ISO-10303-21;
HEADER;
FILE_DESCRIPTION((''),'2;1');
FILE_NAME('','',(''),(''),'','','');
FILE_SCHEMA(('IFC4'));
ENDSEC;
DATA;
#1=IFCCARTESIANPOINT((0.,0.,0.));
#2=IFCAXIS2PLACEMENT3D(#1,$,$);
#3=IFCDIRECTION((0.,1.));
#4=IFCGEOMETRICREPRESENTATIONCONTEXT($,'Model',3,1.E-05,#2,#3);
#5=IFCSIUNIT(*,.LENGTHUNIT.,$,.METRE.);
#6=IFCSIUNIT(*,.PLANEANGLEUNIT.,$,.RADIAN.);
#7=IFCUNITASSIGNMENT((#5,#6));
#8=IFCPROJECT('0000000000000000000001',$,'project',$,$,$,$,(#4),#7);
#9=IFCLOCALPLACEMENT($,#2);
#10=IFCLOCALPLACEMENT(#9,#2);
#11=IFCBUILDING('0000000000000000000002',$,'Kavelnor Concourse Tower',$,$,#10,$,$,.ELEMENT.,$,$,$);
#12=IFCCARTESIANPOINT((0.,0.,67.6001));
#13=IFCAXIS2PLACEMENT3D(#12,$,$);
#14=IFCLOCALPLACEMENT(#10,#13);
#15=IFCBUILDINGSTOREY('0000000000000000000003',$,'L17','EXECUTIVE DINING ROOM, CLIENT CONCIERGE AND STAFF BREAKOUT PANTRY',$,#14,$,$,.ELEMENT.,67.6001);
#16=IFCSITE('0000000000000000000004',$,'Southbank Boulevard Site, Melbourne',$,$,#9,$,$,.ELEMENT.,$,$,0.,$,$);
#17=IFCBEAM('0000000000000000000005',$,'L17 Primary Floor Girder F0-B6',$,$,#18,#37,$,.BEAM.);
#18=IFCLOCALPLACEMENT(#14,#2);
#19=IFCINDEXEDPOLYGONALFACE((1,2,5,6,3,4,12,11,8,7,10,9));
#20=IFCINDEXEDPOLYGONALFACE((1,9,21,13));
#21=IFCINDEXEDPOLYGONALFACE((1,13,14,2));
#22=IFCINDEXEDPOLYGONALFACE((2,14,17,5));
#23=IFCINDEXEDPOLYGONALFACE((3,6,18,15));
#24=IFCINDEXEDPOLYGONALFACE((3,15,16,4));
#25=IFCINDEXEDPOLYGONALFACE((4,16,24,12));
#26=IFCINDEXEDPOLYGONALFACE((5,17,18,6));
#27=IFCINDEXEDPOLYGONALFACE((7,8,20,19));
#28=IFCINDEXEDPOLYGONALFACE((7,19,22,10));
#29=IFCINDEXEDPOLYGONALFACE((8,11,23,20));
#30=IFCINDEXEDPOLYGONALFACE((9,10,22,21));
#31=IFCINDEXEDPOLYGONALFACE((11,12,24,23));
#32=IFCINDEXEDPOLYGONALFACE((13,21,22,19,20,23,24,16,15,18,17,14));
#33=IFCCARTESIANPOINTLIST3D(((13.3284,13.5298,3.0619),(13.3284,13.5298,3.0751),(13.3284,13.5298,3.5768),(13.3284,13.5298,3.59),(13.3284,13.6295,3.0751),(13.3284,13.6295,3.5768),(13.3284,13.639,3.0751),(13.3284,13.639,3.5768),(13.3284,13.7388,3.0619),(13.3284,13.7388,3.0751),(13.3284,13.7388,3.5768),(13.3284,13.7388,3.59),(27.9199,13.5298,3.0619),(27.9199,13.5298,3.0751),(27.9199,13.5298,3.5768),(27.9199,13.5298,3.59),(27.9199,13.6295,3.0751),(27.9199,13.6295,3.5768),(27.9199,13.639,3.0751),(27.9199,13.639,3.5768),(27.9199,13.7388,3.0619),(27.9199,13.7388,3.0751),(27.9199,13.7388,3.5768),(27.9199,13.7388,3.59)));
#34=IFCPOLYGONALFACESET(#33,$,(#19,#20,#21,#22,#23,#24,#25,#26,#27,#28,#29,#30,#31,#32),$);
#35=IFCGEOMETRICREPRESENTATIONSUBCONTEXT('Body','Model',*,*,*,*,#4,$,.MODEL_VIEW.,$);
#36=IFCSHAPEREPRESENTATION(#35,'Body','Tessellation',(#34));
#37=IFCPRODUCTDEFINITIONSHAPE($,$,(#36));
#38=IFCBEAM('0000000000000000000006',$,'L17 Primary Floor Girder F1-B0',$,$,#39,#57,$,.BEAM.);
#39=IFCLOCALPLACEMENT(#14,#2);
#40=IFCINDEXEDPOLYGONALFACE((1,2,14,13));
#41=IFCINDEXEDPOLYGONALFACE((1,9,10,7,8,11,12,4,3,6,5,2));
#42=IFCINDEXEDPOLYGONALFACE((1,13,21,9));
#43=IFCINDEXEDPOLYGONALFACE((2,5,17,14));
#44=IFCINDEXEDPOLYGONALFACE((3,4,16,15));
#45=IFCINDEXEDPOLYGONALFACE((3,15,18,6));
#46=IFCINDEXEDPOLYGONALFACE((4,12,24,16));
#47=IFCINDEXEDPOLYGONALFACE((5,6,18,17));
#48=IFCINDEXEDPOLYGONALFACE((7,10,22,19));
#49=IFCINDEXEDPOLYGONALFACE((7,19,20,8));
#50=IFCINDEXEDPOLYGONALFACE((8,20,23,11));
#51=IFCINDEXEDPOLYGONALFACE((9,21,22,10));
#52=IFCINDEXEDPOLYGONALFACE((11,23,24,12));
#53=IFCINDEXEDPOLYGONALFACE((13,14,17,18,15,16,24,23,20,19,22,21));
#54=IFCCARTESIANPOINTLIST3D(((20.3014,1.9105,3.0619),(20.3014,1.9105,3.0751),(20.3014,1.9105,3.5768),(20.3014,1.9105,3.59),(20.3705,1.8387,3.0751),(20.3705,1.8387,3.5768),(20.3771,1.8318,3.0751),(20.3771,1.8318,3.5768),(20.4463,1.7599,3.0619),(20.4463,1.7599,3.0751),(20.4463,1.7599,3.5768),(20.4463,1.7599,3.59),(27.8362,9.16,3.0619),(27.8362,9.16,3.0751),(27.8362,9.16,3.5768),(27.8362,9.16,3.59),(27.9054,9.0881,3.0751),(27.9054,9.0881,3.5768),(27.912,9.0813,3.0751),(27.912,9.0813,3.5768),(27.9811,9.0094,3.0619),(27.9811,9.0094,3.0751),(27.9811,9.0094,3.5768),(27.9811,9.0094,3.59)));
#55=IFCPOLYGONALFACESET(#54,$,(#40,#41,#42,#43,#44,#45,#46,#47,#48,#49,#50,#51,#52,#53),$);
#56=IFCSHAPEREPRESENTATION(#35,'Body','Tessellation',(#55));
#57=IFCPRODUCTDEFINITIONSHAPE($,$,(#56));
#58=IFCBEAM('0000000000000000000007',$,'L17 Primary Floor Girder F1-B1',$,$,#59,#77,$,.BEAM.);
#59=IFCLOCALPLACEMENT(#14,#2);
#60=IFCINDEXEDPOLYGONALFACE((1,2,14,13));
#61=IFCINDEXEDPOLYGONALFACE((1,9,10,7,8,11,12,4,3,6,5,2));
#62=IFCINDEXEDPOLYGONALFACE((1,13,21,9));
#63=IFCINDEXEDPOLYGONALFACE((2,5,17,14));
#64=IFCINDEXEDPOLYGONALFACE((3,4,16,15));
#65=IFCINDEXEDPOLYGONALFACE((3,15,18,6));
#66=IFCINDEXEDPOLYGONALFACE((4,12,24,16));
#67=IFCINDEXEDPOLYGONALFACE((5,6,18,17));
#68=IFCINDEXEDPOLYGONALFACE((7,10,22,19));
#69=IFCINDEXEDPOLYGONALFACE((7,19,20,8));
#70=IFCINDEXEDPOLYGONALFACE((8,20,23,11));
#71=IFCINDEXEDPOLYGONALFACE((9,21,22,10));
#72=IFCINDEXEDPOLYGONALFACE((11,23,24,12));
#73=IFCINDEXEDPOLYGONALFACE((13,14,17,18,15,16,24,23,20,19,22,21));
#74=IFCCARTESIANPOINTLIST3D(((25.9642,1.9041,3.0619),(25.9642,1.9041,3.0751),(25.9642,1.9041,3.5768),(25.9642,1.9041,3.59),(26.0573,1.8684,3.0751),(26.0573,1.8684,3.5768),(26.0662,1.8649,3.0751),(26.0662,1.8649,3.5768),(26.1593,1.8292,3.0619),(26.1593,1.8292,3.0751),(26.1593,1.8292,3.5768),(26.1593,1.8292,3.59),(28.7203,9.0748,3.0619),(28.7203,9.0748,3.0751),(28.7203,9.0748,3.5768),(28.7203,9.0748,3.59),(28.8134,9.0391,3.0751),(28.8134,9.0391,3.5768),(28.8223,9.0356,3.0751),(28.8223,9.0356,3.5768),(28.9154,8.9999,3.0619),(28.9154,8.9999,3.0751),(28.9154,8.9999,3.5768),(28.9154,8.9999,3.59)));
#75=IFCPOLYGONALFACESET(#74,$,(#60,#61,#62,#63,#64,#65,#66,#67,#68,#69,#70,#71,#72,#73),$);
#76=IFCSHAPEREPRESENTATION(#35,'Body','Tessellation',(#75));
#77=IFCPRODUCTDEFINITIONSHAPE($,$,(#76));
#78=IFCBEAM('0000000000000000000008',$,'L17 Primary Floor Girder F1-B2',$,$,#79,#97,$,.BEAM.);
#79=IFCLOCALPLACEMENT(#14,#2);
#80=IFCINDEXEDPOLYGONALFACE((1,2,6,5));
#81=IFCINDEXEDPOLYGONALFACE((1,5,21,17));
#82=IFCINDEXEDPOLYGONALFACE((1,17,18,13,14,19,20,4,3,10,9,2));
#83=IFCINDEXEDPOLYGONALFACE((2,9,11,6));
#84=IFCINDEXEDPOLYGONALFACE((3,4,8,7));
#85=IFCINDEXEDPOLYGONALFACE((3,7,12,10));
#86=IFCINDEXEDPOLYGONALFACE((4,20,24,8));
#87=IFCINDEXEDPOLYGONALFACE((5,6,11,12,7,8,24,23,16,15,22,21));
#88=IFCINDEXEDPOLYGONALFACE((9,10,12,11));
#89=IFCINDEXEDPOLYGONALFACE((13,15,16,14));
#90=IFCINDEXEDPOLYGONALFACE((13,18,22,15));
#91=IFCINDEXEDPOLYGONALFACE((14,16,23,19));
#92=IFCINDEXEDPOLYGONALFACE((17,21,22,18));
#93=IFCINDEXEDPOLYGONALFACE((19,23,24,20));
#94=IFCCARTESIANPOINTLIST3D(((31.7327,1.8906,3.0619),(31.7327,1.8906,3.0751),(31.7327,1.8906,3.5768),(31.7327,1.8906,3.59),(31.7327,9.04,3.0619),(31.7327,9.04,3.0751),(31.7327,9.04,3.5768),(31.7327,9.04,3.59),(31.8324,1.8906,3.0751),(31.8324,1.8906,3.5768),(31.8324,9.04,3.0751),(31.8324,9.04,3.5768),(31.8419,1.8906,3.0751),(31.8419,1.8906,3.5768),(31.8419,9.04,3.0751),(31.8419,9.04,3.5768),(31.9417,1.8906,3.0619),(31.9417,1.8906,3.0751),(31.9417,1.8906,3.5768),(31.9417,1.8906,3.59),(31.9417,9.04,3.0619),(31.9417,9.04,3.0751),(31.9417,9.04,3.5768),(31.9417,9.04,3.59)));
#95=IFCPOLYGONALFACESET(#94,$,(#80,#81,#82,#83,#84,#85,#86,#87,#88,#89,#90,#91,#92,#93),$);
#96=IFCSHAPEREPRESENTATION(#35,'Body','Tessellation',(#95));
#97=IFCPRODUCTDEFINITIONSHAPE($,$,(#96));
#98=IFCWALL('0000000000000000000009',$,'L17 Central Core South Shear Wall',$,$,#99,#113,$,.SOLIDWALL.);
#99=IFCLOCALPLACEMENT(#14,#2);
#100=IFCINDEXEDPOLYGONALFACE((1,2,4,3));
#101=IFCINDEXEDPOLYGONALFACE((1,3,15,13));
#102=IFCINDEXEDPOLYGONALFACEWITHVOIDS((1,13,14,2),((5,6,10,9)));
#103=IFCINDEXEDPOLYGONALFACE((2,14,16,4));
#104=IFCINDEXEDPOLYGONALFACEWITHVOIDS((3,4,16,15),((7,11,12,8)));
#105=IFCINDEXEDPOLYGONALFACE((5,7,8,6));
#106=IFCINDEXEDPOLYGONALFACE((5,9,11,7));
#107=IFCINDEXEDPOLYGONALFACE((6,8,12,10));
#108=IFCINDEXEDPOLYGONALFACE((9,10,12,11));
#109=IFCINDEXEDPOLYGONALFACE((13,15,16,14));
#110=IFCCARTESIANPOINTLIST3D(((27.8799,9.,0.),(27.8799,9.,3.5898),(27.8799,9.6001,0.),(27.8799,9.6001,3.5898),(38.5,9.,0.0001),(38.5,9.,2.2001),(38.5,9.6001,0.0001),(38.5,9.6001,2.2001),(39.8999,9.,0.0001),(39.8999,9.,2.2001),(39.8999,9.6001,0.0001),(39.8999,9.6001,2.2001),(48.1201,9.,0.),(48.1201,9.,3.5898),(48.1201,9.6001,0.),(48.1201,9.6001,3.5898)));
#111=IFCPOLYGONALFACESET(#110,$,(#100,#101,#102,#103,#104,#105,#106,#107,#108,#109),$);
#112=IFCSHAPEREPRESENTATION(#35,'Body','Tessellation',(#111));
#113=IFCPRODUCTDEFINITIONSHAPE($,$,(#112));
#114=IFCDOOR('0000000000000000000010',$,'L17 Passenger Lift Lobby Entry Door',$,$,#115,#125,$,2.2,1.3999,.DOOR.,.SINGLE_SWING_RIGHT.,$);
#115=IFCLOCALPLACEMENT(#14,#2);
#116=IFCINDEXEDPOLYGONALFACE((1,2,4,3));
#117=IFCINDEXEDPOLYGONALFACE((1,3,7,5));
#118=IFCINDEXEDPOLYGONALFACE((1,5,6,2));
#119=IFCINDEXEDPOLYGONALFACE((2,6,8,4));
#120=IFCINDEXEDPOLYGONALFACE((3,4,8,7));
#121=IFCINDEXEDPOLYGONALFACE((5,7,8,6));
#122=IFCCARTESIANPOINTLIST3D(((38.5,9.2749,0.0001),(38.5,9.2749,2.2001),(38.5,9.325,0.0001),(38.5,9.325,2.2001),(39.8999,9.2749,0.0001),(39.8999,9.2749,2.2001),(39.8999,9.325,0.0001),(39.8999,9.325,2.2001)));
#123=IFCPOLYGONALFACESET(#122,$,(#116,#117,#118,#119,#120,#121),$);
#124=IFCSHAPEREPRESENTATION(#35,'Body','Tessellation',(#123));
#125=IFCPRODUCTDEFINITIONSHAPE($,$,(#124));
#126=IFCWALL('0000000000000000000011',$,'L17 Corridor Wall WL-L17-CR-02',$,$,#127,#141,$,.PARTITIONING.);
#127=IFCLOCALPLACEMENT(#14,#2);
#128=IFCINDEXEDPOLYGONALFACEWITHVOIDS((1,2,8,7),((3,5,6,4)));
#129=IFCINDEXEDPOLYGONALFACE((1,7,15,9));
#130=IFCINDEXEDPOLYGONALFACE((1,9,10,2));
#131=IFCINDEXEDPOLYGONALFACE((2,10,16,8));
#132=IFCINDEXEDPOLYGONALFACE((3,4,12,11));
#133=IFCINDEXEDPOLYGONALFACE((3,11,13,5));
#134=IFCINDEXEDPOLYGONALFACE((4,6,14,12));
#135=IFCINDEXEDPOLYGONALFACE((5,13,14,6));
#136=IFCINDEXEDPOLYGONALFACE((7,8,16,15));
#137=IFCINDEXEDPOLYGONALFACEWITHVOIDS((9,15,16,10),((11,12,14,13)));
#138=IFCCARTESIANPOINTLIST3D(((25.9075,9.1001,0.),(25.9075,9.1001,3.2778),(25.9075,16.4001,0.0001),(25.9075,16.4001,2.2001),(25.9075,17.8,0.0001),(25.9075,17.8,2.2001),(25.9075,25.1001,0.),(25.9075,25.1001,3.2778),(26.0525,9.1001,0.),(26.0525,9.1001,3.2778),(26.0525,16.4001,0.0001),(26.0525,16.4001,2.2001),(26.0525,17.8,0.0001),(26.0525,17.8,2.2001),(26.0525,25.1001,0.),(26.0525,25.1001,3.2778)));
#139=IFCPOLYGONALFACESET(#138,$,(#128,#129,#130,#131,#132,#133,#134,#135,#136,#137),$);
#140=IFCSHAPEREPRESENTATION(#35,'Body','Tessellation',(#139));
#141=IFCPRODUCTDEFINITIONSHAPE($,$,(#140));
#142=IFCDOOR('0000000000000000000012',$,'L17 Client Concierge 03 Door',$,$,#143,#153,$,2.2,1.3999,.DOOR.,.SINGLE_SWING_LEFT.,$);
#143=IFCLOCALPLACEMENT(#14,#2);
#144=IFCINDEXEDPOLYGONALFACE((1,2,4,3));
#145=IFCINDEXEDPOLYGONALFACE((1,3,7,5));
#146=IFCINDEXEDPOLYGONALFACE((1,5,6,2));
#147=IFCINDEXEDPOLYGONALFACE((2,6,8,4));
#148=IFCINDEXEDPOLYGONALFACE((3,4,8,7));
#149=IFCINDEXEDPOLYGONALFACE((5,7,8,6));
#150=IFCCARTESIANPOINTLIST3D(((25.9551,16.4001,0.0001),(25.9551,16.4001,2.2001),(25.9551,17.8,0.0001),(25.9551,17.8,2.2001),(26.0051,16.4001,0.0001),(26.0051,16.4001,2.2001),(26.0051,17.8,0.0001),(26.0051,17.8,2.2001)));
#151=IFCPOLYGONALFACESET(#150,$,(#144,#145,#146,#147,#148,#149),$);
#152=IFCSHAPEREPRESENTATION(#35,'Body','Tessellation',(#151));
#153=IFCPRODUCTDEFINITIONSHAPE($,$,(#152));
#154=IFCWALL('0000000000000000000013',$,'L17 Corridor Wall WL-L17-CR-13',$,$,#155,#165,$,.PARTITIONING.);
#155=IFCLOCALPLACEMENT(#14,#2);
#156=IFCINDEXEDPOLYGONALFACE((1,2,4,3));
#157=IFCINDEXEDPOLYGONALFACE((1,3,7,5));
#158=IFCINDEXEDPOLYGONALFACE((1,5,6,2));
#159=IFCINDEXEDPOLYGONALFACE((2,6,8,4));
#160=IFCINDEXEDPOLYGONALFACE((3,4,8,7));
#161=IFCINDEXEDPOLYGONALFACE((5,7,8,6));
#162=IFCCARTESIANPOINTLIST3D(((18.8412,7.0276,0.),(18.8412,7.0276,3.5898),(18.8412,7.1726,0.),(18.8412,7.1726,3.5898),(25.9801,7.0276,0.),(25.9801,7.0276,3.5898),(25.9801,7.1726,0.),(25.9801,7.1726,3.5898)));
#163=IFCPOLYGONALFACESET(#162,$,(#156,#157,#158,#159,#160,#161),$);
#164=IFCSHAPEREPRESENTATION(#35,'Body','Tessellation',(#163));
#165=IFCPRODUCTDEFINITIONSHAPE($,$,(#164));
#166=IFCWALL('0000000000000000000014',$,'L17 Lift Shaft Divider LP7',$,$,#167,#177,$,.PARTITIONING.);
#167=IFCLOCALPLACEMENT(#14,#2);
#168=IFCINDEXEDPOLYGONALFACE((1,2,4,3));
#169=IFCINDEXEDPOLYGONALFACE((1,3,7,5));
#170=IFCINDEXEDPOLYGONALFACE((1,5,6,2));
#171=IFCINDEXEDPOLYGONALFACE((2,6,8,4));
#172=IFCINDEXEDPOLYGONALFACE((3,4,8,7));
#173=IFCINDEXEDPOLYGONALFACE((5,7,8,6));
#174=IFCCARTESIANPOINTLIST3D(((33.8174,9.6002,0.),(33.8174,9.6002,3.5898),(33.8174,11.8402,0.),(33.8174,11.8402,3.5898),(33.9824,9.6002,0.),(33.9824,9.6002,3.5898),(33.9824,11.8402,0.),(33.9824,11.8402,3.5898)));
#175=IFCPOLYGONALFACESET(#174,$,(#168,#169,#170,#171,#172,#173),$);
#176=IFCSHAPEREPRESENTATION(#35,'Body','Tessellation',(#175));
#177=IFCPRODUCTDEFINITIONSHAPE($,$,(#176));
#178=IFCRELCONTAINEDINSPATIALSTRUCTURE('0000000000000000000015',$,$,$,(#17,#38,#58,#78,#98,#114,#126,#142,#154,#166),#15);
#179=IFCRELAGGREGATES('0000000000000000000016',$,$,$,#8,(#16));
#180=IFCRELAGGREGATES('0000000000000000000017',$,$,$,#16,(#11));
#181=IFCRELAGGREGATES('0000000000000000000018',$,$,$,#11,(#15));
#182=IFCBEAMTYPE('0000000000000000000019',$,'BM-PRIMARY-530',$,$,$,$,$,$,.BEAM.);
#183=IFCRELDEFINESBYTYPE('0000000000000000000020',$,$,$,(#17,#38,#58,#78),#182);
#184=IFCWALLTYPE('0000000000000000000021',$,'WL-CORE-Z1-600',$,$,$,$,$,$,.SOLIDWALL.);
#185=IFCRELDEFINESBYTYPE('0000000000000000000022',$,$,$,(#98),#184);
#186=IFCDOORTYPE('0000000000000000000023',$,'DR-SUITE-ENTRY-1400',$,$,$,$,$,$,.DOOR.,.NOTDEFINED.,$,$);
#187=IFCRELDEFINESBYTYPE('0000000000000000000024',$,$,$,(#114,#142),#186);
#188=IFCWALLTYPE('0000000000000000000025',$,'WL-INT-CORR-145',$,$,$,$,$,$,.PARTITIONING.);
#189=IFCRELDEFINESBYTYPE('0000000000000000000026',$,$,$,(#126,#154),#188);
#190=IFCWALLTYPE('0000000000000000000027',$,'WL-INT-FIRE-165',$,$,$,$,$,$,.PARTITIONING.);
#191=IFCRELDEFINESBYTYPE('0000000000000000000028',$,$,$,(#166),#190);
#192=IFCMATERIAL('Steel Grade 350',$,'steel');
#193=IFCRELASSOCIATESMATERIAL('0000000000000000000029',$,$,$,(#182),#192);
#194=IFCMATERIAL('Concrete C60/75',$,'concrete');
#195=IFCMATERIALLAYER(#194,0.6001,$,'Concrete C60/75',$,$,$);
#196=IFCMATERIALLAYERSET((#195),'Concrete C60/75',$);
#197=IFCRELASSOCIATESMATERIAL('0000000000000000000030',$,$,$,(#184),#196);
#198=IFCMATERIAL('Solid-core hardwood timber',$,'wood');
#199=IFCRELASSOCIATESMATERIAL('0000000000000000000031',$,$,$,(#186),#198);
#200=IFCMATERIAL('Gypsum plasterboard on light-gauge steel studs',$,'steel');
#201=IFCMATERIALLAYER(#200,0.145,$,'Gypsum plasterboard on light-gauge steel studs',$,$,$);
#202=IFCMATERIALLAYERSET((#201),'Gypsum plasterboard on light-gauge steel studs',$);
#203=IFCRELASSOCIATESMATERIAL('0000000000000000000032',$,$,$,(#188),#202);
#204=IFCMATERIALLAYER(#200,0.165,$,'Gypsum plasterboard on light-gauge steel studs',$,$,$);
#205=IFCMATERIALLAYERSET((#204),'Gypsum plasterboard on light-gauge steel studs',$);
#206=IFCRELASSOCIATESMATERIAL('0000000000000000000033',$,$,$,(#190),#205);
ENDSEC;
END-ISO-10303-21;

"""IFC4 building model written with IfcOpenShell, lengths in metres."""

from ifc_helpers import new_model, si_unit, direction, frame, frame_2d, origin, origin_2d, place, context, subcontext, project, spatial, rectangle, i_section, extrude, material, layer, layer_set, material_profile, profile_set, type_object, element, fill, save


model = new_model("IFC4")

# Units and contexts
model_context = context("Model", 3, precision=1e-05, world=origin(), true_north=direction((0.0, 1.0)))
body_context = subcontext(model_context, "Body", "Model", "MODEL_VIEW")
ifc_project = project(units=[si_unit("LENGTHUNIT", "METRE"), si_unit("PLANEANGLEUNIT", "RADIAN")], contexts=[model_context])

# Site, building, storey
site_placement = place(None, origin())
site = spatial("IfcSite", under=ifc_project, at=site_placement, Name="Southbank Boulevard Site, Melbourne", CompositionType="ELEMENT", RefElevation=0.0)
building_placement = place(site_placement, origin())
building = spatial("IfcBuilding", under=site, at=building_placement, Name="Kavelnor Concourse Tower", CompositionType="ELEMENT")
storey_placement = place(building_placement, frame((0.0, 0.0, 67.6001)))
storey = spatial("IfcBuildingStorey", under=building, at=storey_placement, Name="L17", Description="EXECUTIVE DINING ROOM, CLIENT CONCIERGE AND STAFF BREAKOUT PANTRY", CompositionType="ELEMENT", Elevation=67.6001)

# Beams
ifc_material_1 = material(Name="Steel Grade 350", Category="steel")
ifc_material_profile = material_profile(ifc_material_1, i_section(OverallWidth=0.209, OverallDepth=0.5281, WebThickness=0.0095, FlangeThickness=0.0132, at=origin_2d()), Name="530UB82")
ifc_profile_set = profile_set([ifc_material_profile], Name="Steel Grade 350")
beam_type = type_object("IfcBeamType", Name="BM-PRIMARY-530", PredefinedType="BEAM", material=ifc_profile_set)
beam_1_placement = place(storey_placement, frame((27.9199, 13.6343, 3.3259), z_axis=(-1.0, 0.0, 0.0), x_axis=(0.0, -1.0, 0.0)))
element("IfcBeam", 1, at=beam_1_placement, inside=storey, type_object=beam_type, Name="L17 Primary Floor Girder F0-B6", PredefinedType="BEAM", context=body_context, shape_type="SweptSolid", body=[
    extrude(i_section(OverallWidth=0.209, OverallDepth=0.5281, WebThickness=0.0095, FlangeThickness=0.0132, at=origin_2d()), origin(), (0.0, 0.0, 1.0), 14.5916),
])
beam_2_placement = place(storey_placement, frame((27.9087, 9.0847, 3.3259), z_axis=(-0.720623, -0.693328, 0.0), x_axis=(0.693328, -0.720623, 0.0)))
element("IfcBeam", 2, at=beam_2_placement, inside=storey, type_object=beam_type, Name="L17 Primary Floor Girder F1-B0", PredefinedType="BEAM", context=body_context, shape_type="SweptSolid", body=[
    extrude(i_section(OverallWidth=0.209, OverallDepth=0.5281, WebThickness=0.0095, FlangeThickness=0.0132, at=origin_2d()), origin(), (0.0, 0.0, 1.0), 10.4561),
])
beam_3_placement = place(storey_placement, frame((28.8179, 9.0374, 3.3259), z_axis=(-0.35877, -0.933426, 0.0), x_axis=(0.933426, -0.35877, 0.0)))
element("IfcBeam", 3, at=beam_3_placement, inside=storey, type_object=beam_type, Name="L17 Primary Floor Girder F1-B1", PredefinedType="BEAM", context=body_context, shape_type="SweptSolid", body=[
    extrude(i_section(OverallWidth=0.209, OverallDepth=0.5281, WebThickness=0.0095, FlangeThickness=0.0132, at=origin_2d()), origin(), (0.0, 0.0, 1.0), 7.6821),
])
beam_4_placement = place(storey_placement, frame((31.8372, 9.04, 3.3259), z_axis=(0.0, -1.0, 0.0), x_axis=(1.0, 0.0, 0.0)))
element("IfcBeam", 4, at=beam_4_placement, inside=storey, type_object=beam_type, Name="L17 Primary Floor Girder F1-B2", PredefinedType="BEAM", context=body_context, shape_type="SweptSolid", body=[
    extrude(i_section(OverallWidth=0.209, OverallDepth=0.5281, WebThickness=0.0095, FlangeThickness=0.0132, at=origin_2d()), origin(), (0.0, 0.0, 1.0), 7.1494),
])

# Wall, opening, door
ifc_material_2 = material(Name="Concrete C60/75", Category="concrete")
ifc_layer_1 = layer(ifc_material_2, 0.6001, Name="Concrete C60/75")
ifc_layer_set_1 = layer_set([ifc_layer_1], Name="Concrete C60/75")
wall_type_1 = type_object("IfcWallType", Name="WL-CORE-Z1-600", PredefinedType="SOLIDWALL", material=ifc_layer_set_1)
wall_1_placement = place(storey_placement, frame((27.8799, 9.3, 0.0), z_axis=(0.0, 0.0, 1.0), x_axis=(1.0, 0.0, 0.0)))
wall_1 = element("IfcWall", 5, at=wall_1_placement, inside=storey, type_object=wall_type_1, Name="L17 Central Core South Shear Wall", PredefinedType="SOLIDWALL", context=body_context, shape_type="SweptSolid", body=[
    extrude(rectangle(XDim=20.2402, YDim=0.6001, at=frame_2d((10.1201, 0.0))), origin(), (0.0, 0.0, 1.0), 3.5898),
])
opening_1_placement = place(wall_1_placement, frame((10.6201, 0.0, 0.0)))
opening_1 = element("IfcOpeningElement", 6, at=opening_1_placement, cuts=wall_1, PredefinedType="OPENING", context=body_context, shape_type="SweptSolid", body=[
    extrude(rectangle(XDim=1.3999, YDim=2.2, at=frame_2d((0.7, 1.1001))), frame((0.0, 0.3101, 0.0), z_axis=(0.0, -1.0, 0.0), x_axis=(1.0, 0.0, 0.0)), (0.0, 0.0, 1.0), 0.6201),
])
ifc_material_3 = material(Name="Solid-core hardwood timber", Category="wood")
door_type_1 = type_object("IfcDoorType", Name="DR-SUITE-ENTRY-1400", OperationType="NOTDEFINED", PredefinedType="DOOR", material=ifc_material_3)
door_1_placement = place(opening_1_placement, origin())
door_1 = element("IfcDoor", 7, at=door_1_placement, inside=storey, type_object=door_type_1, Name="L17 Passenger Lift Lobby Entry Door", OperationType="SINGLE_SWING_RIGHT", OverallHeight=2.2, OverallWidth=1.3999, PredefinedType="DOOR", context=body_context, shape_type="SweptSolid", body=[
    extrude(rectangle(XDim=1.3999, YDim=2.2, at=frame_2d((0.7, 1.1001))), frame((0.0, 0.0249, 0.0), z_axis=(0.0, -1.0, 0.0), x_axis=(1.0, 0.0, 0.0)), (0.0, 0.0, 1.0), 0.05),
])
fill(opening_1, door_1)

# Wall, opening, door
ifc_material_4 = material(Name="Gypsum plasterboard on light-gauge steel studs", Category="steel")
ifc_layer_2 = layer(ifc_material_4, 0.145, Name="Gypsum plasterboard on light-gauge steel studs")
ifc_layer_set_2 = layer_set([ifc_layer_2], Name="Gypsum plasterboard on light-gauge steel studs")
wall_type_2 = type_object("IfcWallType", Name="WL-INT-CORR-145", PredefinedType="PARTITIONING", material=ifc_layer_set_2)
wall_2_placement = place(storey_placement, frame((25.98, 9.1001, 0.0), z_axis=(0.0, 0.0, 1.0), x_axis=(0.0, 1.0, 0.0)))
wall_2 = element("IfcWall", 8, at=wall_2_placement, inside=storey, type_object=wall_type_2, Name="L17 Corridor Wall WL-L17-CR-02", PredefinedType="PARTITIONING", context=body_context, shape_type="SweptSolid", body=[
    extrude(rectangle(XDim=16.0, YDim=0.145, at=frame_2d((8.0, 0.0))), origin(), (0.0, 0.0, 1.0), 3.2778),
])
opening_2_placement = place(wall_2_placement, frame((7.3, 0.0, 0.0)))
opening_2 = element("IfcOpeningElement", 9, at=opening_2_placement, cuts=wall_2, PredefinedType="OPENING", context=body_context, shape_type="SweptSolid", body=[
    extrude(rectangle(XDim=1.3999, YDim=2.2, at=frame_2d((0.7, 1.1001))), frame((0.0, 0.0825, 0.0), z_axis=(0.0, -1.0, 0.0), x_axis=(1.0, 0.0, 0.0)), (0.0, 0.0, 1.0), 0.165),
])
door_2_placement = place(opening_2_placement, origin())
door_2 = element("IfcDoor", 10, at=door_2_placement, inside=storey, type_object=door_type_1, Name="L17 Client Concierge 03 Door", OperationType="SINGLE_SWING_LEFT", OverallHeight=2.2, OverallWidth=1.3999, PredefinedType="DOOR", context=body_context, shape_type="SweptSolid", body=[
    extrude(rectangle(XDim=1.3999, YDim=2.2, at=frame_2d((0.7, 1.1001))), frame((0.0, 0.0249, 0.0), z_axis=(0.0, -1.0, 0.0), x_axis=(1.0, 0.0, 0.0)), (0.0, 0.0, 1.0), 0.05),
])
fill(opening_2, door_2)

# Walls
wall_3_placement = place(storey_placement, frame((25.98, 7.1001, 0.0), z_axis=(0.0, 0.0, 1.0), x_axis=(-1.0, 0.0, 0.0)))
element("IfcWall", 11, at=wall_3_placement, inside=storey, type_object=wall_type_2, Name="L17 Corridor Wall WL-L17-CR-13", PredefinedType="PARTITIONING", context=body_context, shape_type="SweptSolid", body=[
    extrude(rectangle(XDim=7.1389, YDim=0.145, at=frame_2d((3.5693, 0.0))), origin(), (0.0, 0.0, 1.0), 3.5898),
])
ifc_layer_3 = layer(ifc_material_4, 0.165, Name="Gypsum plasterboard on light-gauge steel studs")
ifc_layer_set_3 = layer_set([ifc_layer_3], Name="Gypsum plasterboard on light-gauge steel studs")
wall_type_3 = type_object("IfcWallType", Name="WL-INT-FIRE-165", PredefinedType="PARTITIONING", material=ifc_layer_set_3)
wall_4_placement = place(storey_placement, frame((33.8999, 9.6001, 0.0), z_axis=(0.0, 0.0, 1.0), x_axis=(0.0, 1.0, 0.0)))
element("IfcWall", 12, at=wall_4_placement, inside=storey, type_object=wall_type_3, Name="L17 Lift Shaft Divider LP7", PredefinedType="PARTITIONING", context=body_context, shape_type="SweptSolid", body=[
    extrude(rectangle(XDim=2.24, YDim=0.165, at=frame_2d((1.1201, 0.0))), origin(), (0.0, 0.0, 1.0), 3.5898),
])

save(model, "model.ifc")
